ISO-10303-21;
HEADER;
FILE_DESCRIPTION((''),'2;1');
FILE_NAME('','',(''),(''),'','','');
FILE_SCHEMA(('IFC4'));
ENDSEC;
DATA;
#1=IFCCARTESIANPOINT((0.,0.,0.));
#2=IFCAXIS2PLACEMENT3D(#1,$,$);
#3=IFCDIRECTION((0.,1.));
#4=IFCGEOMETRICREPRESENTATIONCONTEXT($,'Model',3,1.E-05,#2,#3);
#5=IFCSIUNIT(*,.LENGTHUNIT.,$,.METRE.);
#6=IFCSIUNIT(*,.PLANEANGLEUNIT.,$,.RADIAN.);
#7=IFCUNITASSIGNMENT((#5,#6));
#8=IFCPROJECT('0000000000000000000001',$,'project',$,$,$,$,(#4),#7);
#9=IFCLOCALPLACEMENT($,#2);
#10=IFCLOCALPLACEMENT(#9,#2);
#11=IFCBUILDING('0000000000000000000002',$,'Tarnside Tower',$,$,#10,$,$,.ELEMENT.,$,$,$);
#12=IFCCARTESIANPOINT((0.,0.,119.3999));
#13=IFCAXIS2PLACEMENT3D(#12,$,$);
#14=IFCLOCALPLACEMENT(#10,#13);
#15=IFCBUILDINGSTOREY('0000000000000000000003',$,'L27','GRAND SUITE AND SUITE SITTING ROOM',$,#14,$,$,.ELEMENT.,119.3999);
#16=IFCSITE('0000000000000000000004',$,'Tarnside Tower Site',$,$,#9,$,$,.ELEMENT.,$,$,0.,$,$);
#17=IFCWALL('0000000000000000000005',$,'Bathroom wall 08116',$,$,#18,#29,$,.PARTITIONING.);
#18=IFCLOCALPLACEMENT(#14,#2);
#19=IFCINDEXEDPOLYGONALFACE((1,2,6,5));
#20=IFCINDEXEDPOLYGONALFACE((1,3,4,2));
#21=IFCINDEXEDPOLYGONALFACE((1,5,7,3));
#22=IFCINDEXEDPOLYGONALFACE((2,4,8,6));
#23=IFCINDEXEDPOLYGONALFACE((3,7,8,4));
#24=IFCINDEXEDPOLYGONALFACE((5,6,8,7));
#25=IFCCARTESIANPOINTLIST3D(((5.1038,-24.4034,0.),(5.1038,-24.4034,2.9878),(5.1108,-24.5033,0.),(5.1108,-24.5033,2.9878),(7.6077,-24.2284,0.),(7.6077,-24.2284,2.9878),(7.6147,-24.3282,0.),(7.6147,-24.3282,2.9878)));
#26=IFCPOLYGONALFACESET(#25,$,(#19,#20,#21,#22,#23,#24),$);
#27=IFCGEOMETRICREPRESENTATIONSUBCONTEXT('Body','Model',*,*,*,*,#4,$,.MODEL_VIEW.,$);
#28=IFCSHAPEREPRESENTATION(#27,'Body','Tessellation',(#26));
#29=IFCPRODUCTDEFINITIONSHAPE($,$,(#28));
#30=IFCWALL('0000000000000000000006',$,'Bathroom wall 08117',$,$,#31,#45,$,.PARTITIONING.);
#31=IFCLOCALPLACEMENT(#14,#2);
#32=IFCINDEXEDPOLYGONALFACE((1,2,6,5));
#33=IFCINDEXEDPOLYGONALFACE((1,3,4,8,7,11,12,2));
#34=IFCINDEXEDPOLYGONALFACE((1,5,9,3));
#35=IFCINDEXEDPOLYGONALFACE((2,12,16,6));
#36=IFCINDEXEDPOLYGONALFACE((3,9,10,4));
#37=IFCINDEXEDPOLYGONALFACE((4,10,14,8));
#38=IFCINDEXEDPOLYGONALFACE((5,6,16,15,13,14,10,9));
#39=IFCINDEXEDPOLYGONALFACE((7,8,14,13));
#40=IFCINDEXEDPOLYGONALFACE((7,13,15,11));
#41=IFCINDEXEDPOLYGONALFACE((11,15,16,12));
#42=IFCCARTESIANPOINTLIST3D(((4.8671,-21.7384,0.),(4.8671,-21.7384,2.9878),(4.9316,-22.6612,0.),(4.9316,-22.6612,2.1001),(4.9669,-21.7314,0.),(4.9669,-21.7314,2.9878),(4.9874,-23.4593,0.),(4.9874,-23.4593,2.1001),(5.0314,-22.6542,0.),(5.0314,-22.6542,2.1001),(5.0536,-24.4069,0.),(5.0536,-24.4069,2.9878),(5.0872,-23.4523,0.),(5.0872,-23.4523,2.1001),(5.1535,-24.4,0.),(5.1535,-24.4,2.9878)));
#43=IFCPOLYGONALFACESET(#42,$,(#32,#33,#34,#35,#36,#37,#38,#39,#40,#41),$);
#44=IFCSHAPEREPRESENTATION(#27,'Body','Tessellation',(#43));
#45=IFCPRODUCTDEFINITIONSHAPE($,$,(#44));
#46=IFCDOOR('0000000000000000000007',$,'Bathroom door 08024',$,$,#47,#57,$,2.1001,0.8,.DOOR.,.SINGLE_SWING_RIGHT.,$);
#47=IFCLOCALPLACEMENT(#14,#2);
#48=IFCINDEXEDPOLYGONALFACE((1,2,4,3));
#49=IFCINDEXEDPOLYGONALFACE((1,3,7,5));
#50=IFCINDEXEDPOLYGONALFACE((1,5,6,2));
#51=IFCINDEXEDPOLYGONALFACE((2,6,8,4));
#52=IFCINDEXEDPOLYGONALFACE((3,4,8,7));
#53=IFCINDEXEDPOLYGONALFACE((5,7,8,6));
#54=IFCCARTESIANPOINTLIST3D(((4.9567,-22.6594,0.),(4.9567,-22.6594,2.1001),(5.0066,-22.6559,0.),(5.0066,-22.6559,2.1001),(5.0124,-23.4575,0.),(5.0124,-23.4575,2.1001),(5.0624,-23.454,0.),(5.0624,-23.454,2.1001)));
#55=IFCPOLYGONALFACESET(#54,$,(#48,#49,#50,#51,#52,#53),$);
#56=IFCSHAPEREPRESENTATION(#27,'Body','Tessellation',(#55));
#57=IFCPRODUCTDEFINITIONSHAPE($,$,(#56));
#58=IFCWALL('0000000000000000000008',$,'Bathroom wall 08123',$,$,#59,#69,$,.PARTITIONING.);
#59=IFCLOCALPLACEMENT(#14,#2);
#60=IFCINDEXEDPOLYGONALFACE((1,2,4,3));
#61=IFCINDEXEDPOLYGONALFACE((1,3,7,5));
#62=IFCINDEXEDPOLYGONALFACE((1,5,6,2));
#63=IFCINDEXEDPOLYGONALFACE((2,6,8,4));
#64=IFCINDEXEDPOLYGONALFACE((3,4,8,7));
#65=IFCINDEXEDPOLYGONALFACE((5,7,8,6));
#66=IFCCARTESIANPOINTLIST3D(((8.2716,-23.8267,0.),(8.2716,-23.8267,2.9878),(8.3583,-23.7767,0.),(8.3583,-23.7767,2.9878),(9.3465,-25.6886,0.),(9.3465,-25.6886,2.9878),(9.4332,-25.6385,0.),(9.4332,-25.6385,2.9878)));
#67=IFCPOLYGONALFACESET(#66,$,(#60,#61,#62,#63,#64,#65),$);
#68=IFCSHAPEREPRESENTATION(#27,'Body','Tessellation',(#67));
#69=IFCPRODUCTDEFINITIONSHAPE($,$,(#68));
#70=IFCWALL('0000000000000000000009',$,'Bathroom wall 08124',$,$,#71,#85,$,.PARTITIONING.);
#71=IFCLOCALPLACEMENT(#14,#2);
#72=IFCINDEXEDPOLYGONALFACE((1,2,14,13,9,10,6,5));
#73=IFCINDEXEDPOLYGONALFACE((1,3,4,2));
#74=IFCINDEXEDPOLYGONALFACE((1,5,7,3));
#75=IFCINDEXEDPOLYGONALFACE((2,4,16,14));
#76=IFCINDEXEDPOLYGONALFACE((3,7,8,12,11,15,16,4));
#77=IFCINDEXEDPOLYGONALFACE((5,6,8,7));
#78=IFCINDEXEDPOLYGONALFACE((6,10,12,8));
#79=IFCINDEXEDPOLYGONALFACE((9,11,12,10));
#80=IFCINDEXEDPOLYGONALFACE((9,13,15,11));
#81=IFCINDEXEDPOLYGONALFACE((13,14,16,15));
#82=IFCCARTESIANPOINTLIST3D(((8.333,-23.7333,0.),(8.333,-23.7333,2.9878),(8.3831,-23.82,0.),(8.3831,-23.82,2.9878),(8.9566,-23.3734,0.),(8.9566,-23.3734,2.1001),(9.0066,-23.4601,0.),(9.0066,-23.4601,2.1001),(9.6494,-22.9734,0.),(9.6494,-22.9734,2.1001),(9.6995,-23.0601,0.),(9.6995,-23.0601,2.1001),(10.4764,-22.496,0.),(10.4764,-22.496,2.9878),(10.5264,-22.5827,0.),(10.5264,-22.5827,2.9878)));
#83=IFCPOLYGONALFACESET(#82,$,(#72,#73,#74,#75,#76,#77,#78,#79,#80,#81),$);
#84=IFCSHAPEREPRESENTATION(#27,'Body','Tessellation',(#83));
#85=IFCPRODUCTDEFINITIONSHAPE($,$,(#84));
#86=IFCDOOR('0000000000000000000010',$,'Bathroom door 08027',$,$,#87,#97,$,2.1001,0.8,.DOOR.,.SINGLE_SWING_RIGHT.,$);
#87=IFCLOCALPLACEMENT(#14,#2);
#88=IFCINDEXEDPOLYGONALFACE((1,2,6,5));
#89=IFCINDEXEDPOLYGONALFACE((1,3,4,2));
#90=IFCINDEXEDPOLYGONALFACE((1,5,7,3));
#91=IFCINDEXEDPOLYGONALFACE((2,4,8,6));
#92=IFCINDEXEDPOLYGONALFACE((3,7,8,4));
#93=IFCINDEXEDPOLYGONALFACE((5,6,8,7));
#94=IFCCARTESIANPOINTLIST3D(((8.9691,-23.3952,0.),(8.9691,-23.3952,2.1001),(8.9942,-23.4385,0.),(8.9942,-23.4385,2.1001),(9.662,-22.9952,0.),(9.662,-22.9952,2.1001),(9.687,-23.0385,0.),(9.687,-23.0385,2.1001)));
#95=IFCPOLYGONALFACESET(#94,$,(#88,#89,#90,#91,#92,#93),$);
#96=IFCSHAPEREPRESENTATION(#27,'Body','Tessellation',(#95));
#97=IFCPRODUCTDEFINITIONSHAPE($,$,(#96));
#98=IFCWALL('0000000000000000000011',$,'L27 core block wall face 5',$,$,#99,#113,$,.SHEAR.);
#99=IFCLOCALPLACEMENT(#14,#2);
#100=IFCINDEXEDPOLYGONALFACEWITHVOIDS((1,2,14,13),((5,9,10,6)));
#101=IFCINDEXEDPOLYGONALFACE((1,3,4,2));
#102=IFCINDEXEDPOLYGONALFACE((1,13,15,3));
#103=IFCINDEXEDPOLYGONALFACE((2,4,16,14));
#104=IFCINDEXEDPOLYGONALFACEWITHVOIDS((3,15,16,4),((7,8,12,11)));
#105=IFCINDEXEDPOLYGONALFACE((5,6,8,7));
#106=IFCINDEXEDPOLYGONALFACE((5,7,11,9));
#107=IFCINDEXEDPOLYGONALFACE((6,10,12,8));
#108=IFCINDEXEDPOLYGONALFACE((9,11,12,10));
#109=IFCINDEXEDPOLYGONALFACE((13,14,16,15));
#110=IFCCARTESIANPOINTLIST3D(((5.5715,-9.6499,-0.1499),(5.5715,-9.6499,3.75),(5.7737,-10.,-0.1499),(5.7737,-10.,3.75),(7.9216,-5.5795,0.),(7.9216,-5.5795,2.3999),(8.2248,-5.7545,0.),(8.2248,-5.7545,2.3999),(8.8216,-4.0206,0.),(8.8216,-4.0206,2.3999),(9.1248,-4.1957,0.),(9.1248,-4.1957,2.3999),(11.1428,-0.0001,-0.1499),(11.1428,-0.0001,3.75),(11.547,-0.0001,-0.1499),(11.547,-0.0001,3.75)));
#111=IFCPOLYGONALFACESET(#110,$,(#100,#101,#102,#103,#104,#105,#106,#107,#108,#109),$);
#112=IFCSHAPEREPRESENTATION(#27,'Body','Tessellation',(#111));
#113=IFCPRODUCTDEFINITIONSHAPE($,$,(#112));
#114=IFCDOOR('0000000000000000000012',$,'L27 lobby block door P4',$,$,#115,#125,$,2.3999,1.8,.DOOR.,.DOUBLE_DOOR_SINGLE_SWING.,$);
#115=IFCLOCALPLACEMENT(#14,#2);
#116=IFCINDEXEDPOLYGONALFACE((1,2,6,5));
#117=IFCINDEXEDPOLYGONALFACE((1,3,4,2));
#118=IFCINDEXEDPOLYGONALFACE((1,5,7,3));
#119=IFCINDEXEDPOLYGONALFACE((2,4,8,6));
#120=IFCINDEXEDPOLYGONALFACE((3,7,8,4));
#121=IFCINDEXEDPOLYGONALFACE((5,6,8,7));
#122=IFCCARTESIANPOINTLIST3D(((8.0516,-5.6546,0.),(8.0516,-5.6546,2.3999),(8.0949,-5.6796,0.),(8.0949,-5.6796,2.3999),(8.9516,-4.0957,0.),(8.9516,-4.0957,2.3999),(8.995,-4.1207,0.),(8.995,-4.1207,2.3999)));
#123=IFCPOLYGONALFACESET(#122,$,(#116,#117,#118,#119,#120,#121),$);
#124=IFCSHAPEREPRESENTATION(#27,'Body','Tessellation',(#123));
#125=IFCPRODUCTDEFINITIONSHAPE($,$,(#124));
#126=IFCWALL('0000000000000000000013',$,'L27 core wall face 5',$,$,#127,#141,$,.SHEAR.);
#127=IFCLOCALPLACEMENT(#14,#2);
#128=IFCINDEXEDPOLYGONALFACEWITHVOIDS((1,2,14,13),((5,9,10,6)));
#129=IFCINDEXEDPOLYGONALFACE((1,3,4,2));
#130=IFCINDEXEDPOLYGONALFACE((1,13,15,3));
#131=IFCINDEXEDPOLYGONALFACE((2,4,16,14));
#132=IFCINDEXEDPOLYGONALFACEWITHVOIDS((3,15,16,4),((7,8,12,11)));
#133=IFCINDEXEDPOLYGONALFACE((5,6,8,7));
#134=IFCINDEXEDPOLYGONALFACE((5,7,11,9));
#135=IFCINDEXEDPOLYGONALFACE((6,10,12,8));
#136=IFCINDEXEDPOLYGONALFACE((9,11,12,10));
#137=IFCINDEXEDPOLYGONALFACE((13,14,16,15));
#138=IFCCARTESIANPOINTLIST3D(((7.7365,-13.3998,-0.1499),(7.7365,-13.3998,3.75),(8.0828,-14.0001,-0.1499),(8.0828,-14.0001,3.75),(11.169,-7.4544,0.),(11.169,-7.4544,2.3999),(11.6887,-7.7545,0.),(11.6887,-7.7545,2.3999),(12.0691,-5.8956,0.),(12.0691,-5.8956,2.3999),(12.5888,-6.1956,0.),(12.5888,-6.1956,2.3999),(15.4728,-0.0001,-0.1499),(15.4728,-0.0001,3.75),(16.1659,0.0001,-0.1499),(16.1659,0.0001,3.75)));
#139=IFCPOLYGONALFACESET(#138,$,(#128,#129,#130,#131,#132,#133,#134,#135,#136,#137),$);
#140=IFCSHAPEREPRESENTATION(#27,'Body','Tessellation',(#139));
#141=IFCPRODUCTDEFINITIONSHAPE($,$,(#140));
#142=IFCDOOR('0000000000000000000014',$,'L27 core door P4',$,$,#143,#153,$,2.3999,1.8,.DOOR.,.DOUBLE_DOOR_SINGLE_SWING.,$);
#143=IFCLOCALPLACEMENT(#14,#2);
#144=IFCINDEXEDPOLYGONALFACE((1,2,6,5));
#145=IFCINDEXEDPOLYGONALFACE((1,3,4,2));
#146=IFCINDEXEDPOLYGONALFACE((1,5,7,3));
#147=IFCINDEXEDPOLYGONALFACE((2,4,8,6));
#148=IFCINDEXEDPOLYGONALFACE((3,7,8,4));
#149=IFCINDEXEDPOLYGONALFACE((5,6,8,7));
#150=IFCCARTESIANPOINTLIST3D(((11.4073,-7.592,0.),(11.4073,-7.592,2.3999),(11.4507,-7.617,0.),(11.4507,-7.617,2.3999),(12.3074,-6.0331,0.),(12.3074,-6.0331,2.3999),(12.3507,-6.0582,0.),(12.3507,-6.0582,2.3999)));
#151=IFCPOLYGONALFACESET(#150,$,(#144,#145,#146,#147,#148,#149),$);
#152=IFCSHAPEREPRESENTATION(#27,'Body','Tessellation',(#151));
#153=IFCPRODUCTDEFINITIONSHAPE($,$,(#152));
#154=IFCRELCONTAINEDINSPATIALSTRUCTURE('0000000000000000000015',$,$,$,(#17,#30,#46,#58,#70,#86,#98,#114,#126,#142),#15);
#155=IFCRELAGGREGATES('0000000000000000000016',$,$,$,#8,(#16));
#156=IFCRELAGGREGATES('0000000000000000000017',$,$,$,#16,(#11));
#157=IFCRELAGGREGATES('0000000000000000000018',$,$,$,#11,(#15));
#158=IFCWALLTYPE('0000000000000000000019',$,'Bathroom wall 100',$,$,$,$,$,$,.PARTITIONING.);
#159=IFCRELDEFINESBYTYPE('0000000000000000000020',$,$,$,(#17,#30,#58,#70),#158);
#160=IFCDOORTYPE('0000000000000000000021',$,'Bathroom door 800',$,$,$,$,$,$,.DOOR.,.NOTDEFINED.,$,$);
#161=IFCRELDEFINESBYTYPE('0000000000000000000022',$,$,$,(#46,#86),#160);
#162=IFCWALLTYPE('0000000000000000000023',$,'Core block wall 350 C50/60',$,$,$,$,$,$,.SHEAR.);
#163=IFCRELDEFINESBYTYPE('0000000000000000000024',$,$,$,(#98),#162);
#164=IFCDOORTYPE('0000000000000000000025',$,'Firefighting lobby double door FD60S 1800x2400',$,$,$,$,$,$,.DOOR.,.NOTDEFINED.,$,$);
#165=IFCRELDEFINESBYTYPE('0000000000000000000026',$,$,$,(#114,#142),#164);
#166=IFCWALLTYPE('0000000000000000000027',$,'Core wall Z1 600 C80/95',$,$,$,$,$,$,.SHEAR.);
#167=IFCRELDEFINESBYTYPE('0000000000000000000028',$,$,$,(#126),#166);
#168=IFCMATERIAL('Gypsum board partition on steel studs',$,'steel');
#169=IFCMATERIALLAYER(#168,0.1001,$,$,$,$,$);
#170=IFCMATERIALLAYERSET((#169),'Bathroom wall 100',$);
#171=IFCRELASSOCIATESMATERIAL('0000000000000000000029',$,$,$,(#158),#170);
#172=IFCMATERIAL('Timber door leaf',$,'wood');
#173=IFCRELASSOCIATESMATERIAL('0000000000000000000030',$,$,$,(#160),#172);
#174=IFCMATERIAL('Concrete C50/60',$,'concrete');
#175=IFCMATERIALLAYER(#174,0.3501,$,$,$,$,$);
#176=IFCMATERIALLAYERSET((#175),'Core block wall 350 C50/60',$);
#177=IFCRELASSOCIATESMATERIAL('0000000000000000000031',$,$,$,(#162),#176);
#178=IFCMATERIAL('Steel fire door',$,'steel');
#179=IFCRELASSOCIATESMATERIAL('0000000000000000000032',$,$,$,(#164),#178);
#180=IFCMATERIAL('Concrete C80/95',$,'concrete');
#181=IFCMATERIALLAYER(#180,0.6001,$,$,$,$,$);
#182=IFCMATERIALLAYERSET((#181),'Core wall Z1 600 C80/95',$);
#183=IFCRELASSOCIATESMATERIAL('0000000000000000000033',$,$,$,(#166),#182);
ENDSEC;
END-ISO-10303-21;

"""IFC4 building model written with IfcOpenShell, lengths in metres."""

from ifc_helpers import new_model, si_unit, direction, frame, frame_2d, origin, place, context, subcontext, project, spatial, polyline, rectangle, outline, extrude, material, layer, layer_set, type_object, element, fill, save


model = new_model("IFC4")

# Units and contexts
model_context = context("Model", 3, precision=1e-05, world=origin(), true_north=direction((0.0, 1.0)))
body_context = subcontext(model_context, "Body", "Model", "MODEL_VIEW")
ifc_project = project(units=[si_unit("LENGTHUNIT", "METRE"), si_unit("PLANEANGLEUNIT", "RADIAN")], contexts=[model_context])

# Site, building, storey
site_placement = place(None, origin())
site = spatial("IfcSite", under=ifc_project, at=site_placement, Name="Tarnside Tower Site", CompositionType="ELEMENT", RefElevation=0.0)
building_placement = place(site_placement, origin())
building = spatial("IfcBuilding", under=site, at=building_placement, Name="Tarnside Tower", CompositionType="ELEMENT")
storey_placement = place(building_placement, frame((0.0, 0.0, 119.3999)))
storey = spatial("IfcBuildingStorey", under=building, at=storey_placement, Name="L27", Description="GRAND SUITE AND SUITE SITTING ROOM", CompositionType="ELEMENT", Elevation=119.3999)

# Wall
ifc_material_1 = material(Name="Gypsum board partition on steel studs", Category="steel")
ifc_layer_1 = layer(ifc_material_1, 0.1001)
ifc_layer_set_1 = layer_set([ifc_layer_1], Name="Bathroom wall 100")
wall_type_1 = type_object("IfcWallType", Name="Bathroom wall 100", PredefinedType="PARTITIONING", material=ifc_layer_set_1)
wall_1_placement = place(storey_placement, frame((7.6111, -24.2783, 0.0), z_axis=(0.0, 0.0, 1.0), x_axis=(-0.997565, -0.06974, 0.0)))
element("IfcWall", 1, at=wall_1_placement, inside=storey, type_object=wall_type_1, Name="Bathroom wall 08116", PredefinedType="PARTITIONING", context=body_context, shape_type="SweptSolid", body=[
    extrude(rectangle(XDim=2.51, YDim=0.1001, at=frame_2d((1.2549, 0.0))), origin(), (0.0, 0.0, 1.0), 2.9878),
])

# Wall, opening, door
wall_2_placement = place(storey_placement, frame((5.1035, -24.4033, 0.0), z_axis=(0.0, 0.0, 1.0), x_axis=(-0.069729, 0.997566, 0.0)))
wall_2 = element("IfcWall", 2, at=wall_2_placement, inside=storey, type_object=wall_type_1, Name="Bathroom wall 08117", PredefinedType="PARTITIONING", context=body_context, shape_type="SweptSolid", body=[
    extrude(rectangle(XDim=2.675, YDim=0.1001, at=frame_2d((1.3374, 0.0))), origin(), (0.0, 0.0, 1.0), 2.9878),
])
opening_1_placement = place(wall_2_placement, frame((0.95, 0.0, 0.0)))
opening_1 = element("IfcOpeningElement", 3, at=opening_1_placement, cuts=wall_2, PredefinedType="OPENING", context=body_context, shape_type="SweptSolid", body=[
    extrude(rectangle(XDim=0.8, YDim=2.1001, at=frame_2d((0.3999, 1.05))), frame((0.0, 0.0601, 0.0), z_axis=(0.0, -1.0, 0.0), x_axis=(1.0, 0.0, 0.0)), (0.0, 0.0, 1.0), 0.1201),
])
ifc_material_2 = material(Name="Timber door leaf", Category="wood")
door_type_1 = type_object("IfcDoorType", Name="Bathroom door 800", OperationType="NOTDEFINED", PredefinedType="DOOR", material=ifc_material_2)
door_1_placement = place(opening_1_placement, origin())
door_1 = element("IfcDoor", 4, at=door_1_placement, inside=storey, type_object=door_type_1, Name="Bathroom door 08024", OperationType="SINGLE_SWING_RIGHT", OverallHeight=2.1001, OverallWidth=0.8, PredefinedType="DOOR", context=body_context, shape_type="SweptSolid", body=[
    extrude(rectangle(XDim=0.8, YDim=2.1001, at=frame_2d((0.3999, 1.05))), frame((0.0, 0.0249, 0.0), z_axis=(0.0, -1.0, 0.0), x_axis=(1.0, 0.0, 0.0)), (0.0, 0.0, 1.0), 0.05),
])
fill(opening_1, door_1)

# Wall
wall_3_placement = place(storey_placement, frame((9.3899, -25.6636, 0.0), z_axis=(0.0, 0.0, 1.0), x_axis=(-0.500011, 0.866019, 0.0)))
element("IfcWall", 5, at=wall_3_placement, inside=storey, type_object=wall_type_1, Name="Bathroom wall 08123", PredefinedType="PARTITIONING", context=body_context, shape_type="SweptSolid", body=[
    extrude(rectangle(XDim=2.1499, YDim=0.1001, at=frame_2d((1.075, 0.0))), origin(), (0.0, 0.0, 1.0), 2.9878),
])

# Walls, openings, doors
wall_4_placement = place(storey_placement, frame((8.3582, -23.7766, 0.0), z_axis=(0.0, 0.0, 1.0), x_axis=(0.866049, 0.499959, 0.0)))
wall_4 = element("IfcWall", 6, at=wall_4_placement, inside=storey, type_object=wall_type_1, Name="Bathroom wall 08124", PredefinedType="PARTITIONING", context=body_context, shape_type="SweptSolid", body=[
    extrude(rectangle(XDim=2.4749, YDim=0.1001, at=frame_2d((1.2373, 0.0))), origin(), (0.0, 0.0, 1.0), 2.9878),
])
opening_2_placement = place(wall_4_placement, frame((0.72, 0.0, 0.0)))
opening_2 = element("IfcOpeningElement", 7, at=opening_2_placement, cuts=wall_4, PredefinedType="OPENING", context=body_context, shape_type="SweptSolid", body=[
    extrude(rectangle(XDim=0.8, YDim=2.1001, at=frame_2d((0.3999, 1.05))), frame((0.0, 0.0601, 0.0), z_axis=(0.0, -1.0, 0.0), x_axis=(1.0, 0.0, 0.0)), (0.0, 0.0, 1.0), 0.1201),
])
door_2_placement = place(opening_2_placement, origin())
door_2 = element("IfcDoor", 8, at=door_2_placement, inside=storey, type_object=door_type_1, Name="Bathroom door 08027", OperationType="SINGLE_SWING_RIGHT", OverallHeight=2.1001, OverallWidth=0.8, PredefinedType="DOOR", context=body_context, shape_type="SweptSolid", body=[
    extrude(rectangle(XDim=0.8, YDim=2.1001, at=frame_2d((0.3999, 1.05))), frame((0.0, 0.0249, 0.0), z_axis=(0.0, -1.0, 0.0), x_axis=(1.0, 0.0, 0.0)), (0.0, 0.0, 1.0), 0.05),
])
fill(opening_2, door_2)
ifc_material_3 = material(Name="Concrete C50/60", Category="concrete")
ifc_layer_2 = layer(ifc_material_3, 0.3501)
ifc_layer_set_2 = layer_set([ifc_layer_2], Name="Core block wall 350 C50/60")
wall_type_2 = type_object("IfcWallType", Name="Core block wall 350 C50/60", PredefinedType="SHEAR", material=ifc_layer_set_2)
wall_5_placement = place(storey_placement, frame((5.6726, -9.825, -0.1499), z_axis=(0.0, 0.0, 1.0), x_axis=(0.499995, 0.866028, 0.0)))
wall_5 = element("IfcWall", 9, at=wall_5_placement, inside=storey, type_object=wall_type_2, Name="L27 core block wall face 5", PredefinedType="SHEAR", context=body_context, shape_type="SweptSolid", body=[
    extrude(outline(polyline([(-0.1011, -0.175), (11.4458, -0.175), (11.2437, 0.175), (0.1011, 0.175), (-0.1011, -0.175)])), origin(), (0.0, 0.0, 1.0), 3.8999),
])
opening_3_placement = place(wall_5_placement, frame((4.8013, 0.0, 0.1499)))
opening_3 = element("IfcOpeningElement", 10, at=opening_3_placement, cuts=wall_5, PredefinedType="OPENING", context=body_context, shape_type="SweptSolid", body=[
    extrude(rectangle(XDim=1.8, YDim=2.3999, at=frame_2d((0.8999, 1.2))), frame((0.0, 0.1851, 0.0), z_axis=(0.0, -1.0, 0.0), x_axis=(1.0, 0.0, 0.0)), (0.0, 0.0, 1.0), 0.3701),
])
ifc_material_4 = material(Name="Steel fire door", Category="steel")
door_type_2 = type_object("IfcDoorType", Name="Firefighting lobby double door FD60S 1800x2400", OperationType="NOTDEFINED", PredefinedType="DOOR", material=ifc_material_4)
door_3_placement = place(opening_3_placement, origin())
door_3 = element("IfcDoor", 11, at=door_3_placement, inside=storey, type_object=door_type_2, Name="L27 lobby block door P4", OperationType="DOUBLE_DOOR_SINGLE_SWING", OverallHeight=2.3999, OverallWidth=1.8, PredefinedType="DOOR", context=body_context, shape_type="SweptSolid", body=[
    extrude(rectangle(XDim=1.8, YDim=2.3999, at=frame_2d((0.8999, 1.2))), frame((0.0, 0.0249, 0.0), z_axis=(0.0, -1.0, 0.0), x_axis=(1.0, 0.0, 0.0)), (0.0, 0.0, 1.0), 0.05),
])
fill(opening_3, door_3)
ifc_material_5 = material(Name="Concrete C80/95", Category="concrete")
ifc_layer_3 = layer(ifc_material_5, 0.6001)
ifc_layer_set_3 = layer_set([ifc_layer_3], Name="Core wall Z1 600 C80/95")
wall_type_3 = type_object("IfcWallType", Name="Core wall Z1 600 C80/95", PredefinedType="SHEAR", material=ifc_layer_set_3)
wall_6_placement = place(storey_placement, frame((7.9097, -13.7, -0.1499), z_axis=(0.0, 0.0, 1.0), x_axis=(0.5, 0.866025, 0.0)))
wall_6 = element("IfcWall", 12, at=wall_6_placement, inside=storey, type_object=wall_type_3, Name="L27 core wall face 5", PredefinedType="SHEAR", context=body_context, shape_type="SweptSolid", body=[
    extrude(outline(polyline([(-0.1733, -0.3), (15.9927, -0.3), (15.646, 0.3), (0.1733, 0.3), (-0.1733, -0.3)])), origin(), (0.0, 0.0, 1.0), 3.8999),
])
opening_4_placement = place(wall_6_placement, frame((7.0386, 0.0, 0.1499)))
opening_4 = element("IfcOpeningElement", 13, at=opening_4_placement, cuts=wall_6, PredefinedType="OPENING", context=body_context, shape_type="SweptSolid", body=[
    extrude(rectangle(XDim=1.8, YDim=2.3999, at=frame_2d((0.8999, 1.2))), frame((0.0, 0.3101, 0.0), z_axis=(0.0, -1.0, 0.0), x_axis=(1.0, 0.0, 0.0)), (0.0, 0.0, 1.0), 0.6201),
])
door_4_placement = place(opening_4_placement, origin())
door_4 = element("IfcDoor", 14, at=door_4_placement, inside=storey, type_object=door_type_2, Name="L27 core door P4", OperationType="DOUBLE_DOOR_SINGLE_SWING", OverallHeight=2.3999, OverallWidth=1.8, PredefinedType="DOOR", context=body_context, shape_type="SweptSolid", body=[
    extrude(rectangle(XDim=1.8, YDim=2.3999, at=frame_2d((0.8999, 1.2))), frame((0.0, 0.0249, 0.0), z_axis=(0.0, -1.0, 0.0), x_axis=(1.0, 0.0, 0.0)), (0.0, 0.0, 1.0), 0.05),
])
fill(opening_4, door_4)

save(model, "model.ifc")
